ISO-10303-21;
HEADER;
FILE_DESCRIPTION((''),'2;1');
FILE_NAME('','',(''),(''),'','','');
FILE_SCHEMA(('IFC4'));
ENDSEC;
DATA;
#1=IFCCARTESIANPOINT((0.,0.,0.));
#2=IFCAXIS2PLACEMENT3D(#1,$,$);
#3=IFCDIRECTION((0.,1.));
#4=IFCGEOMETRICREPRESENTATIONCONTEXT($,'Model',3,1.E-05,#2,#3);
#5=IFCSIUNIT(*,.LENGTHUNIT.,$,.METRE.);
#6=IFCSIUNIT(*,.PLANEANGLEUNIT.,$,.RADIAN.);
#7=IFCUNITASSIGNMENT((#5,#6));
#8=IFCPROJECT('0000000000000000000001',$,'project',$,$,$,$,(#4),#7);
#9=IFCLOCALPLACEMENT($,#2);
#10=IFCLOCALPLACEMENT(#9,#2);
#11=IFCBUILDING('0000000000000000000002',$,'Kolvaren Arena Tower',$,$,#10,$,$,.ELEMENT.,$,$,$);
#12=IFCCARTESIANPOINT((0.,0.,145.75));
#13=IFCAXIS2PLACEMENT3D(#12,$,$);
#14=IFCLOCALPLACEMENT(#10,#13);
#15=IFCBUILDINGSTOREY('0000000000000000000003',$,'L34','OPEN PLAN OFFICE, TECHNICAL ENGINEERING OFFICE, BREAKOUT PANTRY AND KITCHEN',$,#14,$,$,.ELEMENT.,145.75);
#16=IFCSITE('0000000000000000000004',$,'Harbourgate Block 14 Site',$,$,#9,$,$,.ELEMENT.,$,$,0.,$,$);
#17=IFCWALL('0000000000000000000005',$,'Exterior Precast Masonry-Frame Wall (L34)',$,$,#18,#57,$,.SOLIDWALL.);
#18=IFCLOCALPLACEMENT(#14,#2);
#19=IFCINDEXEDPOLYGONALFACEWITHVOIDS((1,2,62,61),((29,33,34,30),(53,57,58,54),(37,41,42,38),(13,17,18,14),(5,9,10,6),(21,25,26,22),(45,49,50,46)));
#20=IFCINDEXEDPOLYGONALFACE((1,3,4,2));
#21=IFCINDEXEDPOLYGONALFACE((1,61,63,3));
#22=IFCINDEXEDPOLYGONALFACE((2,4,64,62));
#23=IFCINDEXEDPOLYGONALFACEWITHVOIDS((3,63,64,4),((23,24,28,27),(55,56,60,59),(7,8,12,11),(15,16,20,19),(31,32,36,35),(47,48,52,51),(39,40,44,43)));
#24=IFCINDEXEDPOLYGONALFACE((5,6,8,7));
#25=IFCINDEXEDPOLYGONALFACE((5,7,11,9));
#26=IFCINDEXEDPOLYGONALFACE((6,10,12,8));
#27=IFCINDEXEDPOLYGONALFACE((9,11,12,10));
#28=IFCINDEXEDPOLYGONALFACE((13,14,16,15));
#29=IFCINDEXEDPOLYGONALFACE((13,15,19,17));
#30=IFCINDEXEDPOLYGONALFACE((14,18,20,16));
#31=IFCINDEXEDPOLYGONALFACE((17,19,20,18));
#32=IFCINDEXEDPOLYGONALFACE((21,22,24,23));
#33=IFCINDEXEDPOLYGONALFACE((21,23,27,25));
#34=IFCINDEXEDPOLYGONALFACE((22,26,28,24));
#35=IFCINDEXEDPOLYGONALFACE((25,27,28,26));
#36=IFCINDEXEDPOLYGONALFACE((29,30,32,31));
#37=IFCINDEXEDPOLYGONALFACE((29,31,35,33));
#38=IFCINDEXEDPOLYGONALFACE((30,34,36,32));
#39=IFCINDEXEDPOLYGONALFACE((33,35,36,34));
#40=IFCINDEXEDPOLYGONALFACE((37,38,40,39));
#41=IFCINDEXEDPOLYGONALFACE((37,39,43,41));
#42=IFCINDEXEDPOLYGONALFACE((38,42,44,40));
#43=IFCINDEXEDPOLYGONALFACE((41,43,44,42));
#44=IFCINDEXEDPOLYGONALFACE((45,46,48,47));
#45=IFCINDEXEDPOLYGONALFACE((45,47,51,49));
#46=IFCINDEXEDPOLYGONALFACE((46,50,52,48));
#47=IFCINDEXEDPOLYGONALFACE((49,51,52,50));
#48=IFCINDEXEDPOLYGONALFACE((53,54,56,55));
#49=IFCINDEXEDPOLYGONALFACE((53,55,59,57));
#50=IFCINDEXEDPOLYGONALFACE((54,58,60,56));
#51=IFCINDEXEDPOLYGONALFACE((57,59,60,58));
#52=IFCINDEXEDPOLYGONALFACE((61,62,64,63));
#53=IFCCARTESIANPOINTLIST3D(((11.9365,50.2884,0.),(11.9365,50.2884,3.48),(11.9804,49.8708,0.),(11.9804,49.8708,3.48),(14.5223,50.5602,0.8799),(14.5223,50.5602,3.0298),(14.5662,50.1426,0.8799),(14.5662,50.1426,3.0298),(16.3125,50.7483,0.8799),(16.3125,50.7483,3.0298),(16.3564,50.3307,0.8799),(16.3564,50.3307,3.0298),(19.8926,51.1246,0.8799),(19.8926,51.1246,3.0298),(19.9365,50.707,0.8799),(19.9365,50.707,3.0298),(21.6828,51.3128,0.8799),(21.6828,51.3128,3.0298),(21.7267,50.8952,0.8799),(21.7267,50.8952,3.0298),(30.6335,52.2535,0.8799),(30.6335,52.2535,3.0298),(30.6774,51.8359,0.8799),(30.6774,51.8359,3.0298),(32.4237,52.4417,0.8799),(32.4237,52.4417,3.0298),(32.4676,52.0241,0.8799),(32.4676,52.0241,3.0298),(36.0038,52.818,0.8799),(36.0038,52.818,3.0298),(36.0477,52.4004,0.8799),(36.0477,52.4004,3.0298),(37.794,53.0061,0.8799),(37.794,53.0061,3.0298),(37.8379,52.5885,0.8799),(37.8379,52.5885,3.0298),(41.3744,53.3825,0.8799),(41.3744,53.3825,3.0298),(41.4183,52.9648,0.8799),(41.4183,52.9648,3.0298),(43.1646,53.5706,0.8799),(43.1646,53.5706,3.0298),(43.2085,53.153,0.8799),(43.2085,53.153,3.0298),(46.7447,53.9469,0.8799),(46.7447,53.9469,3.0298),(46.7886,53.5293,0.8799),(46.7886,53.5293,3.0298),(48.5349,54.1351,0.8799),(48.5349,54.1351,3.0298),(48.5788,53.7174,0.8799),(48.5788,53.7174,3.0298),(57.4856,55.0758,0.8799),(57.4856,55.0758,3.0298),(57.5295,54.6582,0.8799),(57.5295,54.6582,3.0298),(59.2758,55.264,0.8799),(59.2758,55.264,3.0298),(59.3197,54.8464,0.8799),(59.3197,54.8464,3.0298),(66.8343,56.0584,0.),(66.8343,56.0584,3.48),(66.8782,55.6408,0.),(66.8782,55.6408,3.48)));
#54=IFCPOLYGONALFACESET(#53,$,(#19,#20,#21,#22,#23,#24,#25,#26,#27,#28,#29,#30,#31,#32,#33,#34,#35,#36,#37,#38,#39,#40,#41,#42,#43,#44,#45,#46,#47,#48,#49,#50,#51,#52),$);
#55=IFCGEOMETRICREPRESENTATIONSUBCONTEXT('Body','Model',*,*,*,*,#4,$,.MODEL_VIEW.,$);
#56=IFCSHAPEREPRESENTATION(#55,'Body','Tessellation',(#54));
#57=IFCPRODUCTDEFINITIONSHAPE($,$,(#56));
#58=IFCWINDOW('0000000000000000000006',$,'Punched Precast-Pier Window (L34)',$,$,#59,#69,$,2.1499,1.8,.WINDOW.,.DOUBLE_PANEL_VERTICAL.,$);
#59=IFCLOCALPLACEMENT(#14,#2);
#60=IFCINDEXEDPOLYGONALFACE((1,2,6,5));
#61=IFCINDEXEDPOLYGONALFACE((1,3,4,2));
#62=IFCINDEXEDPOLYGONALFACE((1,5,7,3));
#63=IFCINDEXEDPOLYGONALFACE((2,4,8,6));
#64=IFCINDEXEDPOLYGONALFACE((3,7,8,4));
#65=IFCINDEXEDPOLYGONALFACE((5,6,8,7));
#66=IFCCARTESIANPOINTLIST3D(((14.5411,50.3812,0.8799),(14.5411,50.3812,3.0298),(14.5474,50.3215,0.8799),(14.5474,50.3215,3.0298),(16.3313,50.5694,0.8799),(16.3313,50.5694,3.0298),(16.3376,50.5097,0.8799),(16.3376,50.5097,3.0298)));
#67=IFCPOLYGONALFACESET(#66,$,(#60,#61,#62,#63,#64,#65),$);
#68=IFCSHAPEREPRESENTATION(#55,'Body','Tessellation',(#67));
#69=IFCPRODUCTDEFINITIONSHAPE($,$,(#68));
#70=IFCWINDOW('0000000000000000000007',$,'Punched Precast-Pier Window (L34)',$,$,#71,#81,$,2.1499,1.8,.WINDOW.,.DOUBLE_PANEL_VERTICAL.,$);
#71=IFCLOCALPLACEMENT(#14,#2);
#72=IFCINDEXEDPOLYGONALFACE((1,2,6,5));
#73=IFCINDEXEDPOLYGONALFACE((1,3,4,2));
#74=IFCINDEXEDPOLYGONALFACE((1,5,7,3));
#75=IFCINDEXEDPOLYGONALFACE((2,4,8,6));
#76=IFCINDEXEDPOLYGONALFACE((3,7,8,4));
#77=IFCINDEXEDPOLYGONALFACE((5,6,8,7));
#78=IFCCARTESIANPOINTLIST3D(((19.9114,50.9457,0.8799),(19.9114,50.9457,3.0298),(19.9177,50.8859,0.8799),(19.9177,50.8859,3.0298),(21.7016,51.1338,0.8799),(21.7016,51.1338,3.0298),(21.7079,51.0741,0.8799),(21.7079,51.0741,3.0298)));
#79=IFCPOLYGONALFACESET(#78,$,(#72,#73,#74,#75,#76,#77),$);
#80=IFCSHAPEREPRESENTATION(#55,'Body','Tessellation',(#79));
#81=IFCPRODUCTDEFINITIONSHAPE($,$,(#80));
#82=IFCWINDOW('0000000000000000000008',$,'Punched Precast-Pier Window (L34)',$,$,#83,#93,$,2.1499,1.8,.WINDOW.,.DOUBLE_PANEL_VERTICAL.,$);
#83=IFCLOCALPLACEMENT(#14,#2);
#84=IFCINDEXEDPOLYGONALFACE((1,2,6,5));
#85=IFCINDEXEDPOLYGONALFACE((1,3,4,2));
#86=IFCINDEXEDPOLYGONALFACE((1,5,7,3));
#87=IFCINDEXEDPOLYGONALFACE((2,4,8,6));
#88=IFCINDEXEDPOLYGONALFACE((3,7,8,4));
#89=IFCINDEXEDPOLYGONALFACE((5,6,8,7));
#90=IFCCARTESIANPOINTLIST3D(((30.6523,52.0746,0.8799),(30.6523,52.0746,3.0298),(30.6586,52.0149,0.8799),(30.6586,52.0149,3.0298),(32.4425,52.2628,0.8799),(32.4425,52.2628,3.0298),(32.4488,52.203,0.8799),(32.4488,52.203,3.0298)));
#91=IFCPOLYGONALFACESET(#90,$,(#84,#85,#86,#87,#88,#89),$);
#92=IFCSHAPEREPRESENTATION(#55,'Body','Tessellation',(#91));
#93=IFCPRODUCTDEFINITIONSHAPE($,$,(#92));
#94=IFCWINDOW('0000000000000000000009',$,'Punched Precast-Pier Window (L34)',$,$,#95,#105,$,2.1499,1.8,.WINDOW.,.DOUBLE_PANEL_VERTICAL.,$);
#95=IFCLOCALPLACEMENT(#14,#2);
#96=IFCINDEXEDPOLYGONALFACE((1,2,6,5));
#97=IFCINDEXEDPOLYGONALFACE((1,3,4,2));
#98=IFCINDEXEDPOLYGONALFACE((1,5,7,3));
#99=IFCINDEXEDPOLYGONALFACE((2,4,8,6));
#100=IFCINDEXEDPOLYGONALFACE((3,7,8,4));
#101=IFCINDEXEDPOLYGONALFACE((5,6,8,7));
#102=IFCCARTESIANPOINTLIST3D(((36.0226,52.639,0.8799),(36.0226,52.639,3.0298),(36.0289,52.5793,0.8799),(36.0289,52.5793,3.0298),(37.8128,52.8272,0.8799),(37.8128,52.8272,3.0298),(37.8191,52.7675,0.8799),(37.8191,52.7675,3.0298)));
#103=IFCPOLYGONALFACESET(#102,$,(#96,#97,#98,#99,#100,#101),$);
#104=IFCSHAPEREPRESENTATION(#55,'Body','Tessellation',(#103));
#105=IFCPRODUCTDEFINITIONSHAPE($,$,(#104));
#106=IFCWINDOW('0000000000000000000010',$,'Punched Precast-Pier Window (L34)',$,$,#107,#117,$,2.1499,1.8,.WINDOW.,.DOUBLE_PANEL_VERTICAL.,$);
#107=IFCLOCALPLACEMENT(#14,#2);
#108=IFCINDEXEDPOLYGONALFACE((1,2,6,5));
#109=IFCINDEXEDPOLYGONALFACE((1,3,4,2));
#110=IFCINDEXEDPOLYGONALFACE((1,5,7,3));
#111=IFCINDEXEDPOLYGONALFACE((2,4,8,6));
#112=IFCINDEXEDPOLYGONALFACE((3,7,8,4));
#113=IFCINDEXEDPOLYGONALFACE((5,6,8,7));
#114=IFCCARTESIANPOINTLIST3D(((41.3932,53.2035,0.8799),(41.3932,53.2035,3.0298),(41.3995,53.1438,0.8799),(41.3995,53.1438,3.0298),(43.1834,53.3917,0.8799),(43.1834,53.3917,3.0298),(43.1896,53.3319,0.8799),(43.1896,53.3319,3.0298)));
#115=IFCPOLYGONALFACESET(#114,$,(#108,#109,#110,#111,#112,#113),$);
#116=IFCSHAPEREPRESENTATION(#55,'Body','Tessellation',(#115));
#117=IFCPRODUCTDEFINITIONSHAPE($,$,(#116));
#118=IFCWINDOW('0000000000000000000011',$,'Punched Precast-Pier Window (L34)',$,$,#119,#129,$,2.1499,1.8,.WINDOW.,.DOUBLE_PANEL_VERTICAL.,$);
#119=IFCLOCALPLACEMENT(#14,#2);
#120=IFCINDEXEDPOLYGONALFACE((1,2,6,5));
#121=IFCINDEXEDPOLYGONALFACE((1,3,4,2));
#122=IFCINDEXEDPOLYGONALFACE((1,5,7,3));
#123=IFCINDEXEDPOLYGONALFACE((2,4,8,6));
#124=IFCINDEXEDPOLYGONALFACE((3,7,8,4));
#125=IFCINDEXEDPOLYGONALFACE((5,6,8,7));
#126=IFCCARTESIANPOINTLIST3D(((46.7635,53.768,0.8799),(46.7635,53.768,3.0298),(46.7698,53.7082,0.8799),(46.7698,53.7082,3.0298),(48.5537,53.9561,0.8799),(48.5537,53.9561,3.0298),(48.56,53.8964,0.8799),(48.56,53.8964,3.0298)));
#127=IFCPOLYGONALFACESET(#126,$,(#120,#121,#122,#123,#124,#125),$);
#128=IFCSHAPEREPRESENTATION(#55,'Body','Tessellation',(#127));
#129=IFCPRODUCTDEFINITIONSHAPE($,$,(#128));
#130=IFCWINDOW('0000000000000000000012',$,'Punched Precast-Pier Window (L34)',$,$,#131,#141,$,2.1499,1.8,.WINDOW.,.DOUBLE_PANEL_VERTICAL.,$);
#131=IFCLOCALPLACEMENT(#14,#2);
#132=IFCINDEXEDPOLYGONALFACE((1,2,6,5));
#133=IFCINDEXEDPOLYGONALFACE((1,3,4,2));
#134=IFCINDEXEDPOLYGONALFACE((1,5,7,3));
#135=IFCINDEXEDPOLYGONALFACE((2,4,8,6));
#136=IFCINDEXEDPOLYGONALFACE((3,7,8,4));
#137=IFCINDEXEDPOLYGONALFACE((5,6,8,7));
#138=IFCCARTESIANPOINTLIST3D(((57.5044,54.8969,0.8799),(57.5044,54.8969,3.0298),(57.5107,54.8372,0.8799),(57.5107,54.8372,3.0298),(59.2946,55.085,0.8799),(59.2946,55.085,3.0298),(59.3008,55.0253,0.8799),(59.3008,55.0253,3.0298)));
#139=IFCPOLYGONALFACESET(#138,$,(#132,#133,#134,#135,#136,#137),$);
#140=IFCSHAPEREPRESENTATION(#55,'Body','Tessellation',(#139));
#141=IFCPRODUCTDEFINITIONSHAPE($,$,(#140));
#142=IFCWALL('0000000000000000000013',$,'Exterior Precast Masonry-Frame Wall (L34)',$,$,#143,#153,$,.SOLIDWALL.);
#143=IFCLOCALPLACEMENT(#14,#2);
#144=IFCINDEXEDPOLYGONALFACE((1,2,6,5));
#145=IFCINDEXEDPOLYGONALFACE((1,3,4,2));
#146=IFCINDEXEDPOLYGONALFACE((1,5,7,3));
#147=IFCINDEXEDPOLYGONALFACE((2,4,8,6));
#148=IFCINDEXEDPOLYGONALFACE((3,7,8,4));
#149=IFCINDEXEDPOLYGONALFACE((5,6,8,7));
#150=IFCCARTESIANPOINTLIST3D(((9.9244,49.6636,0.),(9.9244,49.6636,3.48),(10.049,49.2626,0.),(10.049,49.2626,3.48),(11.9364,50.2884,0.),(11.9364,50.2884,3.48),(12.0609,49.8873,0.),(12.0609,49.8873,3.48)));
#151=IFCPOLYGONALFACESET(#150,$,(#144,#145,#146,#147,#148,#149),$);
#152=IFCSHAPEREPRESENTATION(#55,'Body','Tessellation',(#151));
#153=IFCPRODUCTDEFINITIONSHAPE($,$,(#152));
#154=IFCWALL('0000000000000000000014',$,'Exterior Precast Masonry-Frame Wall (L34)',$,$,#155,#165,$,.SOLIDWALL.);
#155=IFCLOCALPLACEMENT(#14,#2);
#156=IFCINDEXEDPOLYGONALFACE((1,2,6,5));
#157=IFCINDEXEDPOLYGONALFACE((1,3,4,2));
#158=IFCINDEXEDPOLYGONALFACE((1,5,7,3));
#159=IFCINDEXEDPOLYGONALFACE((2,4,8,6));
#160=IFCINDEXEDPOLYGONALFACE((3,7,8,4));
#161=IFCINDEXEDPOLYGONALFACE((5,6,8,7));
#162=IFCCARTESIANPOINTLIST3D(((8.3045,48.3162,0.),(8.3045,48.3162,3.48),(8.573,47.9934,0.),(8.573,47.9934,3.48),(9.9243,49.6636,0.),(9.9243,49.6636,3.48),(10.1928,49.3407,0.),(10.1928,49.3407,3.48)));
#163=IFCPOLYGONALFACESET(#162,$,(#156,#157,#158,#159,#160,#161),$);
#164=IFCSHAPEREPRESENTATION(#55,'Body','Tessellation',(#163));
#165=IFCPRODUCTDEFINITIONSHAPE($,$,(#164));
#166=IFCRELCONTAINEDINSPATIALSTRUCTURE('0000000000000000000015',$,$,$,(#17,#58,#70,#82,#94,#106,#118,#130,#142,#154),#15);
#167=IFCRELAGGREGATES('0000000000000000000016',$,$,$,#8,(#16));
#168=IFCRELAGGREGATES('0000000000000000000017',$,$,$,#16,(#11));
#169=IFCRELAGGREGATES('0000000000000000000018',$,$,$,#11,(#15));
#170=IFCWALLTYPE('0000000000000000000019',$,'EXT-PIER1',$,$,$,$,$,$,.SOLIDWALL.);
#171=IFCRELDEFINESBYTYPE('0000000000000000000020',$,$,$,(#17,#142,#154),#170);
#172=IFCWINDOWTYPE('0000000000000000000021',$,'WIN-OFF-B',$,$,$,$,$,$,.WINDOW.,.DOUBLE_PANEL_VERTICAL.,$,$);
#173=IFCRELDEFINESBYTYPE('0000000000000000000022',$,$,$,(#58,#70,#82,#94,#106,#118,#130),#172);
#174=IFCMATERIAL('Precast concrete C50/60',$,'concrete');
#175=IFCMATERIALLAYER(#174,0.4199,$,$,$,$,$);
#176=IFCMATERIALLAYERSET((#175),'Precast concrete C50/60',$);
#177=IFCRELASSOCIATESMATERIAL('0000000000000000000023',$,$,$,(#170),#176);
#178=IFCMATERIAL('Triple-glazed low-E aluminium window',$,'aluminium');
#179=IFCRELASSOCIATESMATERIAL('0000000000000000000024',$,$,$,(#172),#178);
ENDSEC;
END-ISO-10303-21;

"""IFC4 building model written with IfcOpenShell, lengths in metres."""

from ifc_helpers import new_model, si_unit, direction, frame, frame_2d, origin, place, context, subcontext, project, spatial, rectangle, extrude, material, layer, layer_set, type_object, element, fill, save


model = new_model("IFC4")

# Units and contexts
model_context = context("Model", 3, precision=1e-05, world=origin(), true_north=direction((0.0, 1.0)))
body_context = subcontext(model_context, "Body", "Model", "MODEL_VIEW")
ifc_project = project(units=[si_unit("LENGTHUNIT", "METRE"), si_unit("PLANEANGLEUNIT", "RADIAN")], contexts=[model_context])

# Site, building, storey
site_placement = place(None, origin())
site = spatial("IfcSite", under=ifc_project, at=site_placement, Name="Harbourgate Block 14 Site", CompositionType="ELEMENT", RefElevation=0.0)
building_placement = place(site_placement, origin())
building = spatial("IfcBuilding", under=site, at=building_placement, Name="Kolvaren Arena Tower", CompositionType="ELEMENT")
storey_placement = place(building_placement, frame((0.0, 0.0, 145.75)))
storey = spatial("IfcBuildingStorey", under=building, at=storey_placement, Name="L34", Description="OPEN PLAN OFFICE, TECHNICAL ENGINEERING OFFICE, BREAKOUT PANTRY AND KITCHEN", CompositionType="ELEMENT", Elevation=145.75)

# Wall, openings, windows
ifc_material_1 = material(Name="Precast concrete C50/60", Category="concrete")
ifc_layer_1 = layer(ifc_material_1, 0.4199)
ifc_layer_set_1 = layer_set([ifc_layer_1], Name="Precast concrete C50/60")
wall_type_1 = type_object("IfcWallType", Name="EXT-PIER1", PredefinedType="SOLIDWALL", material=ifc_layer_set_1)
wall_1_placement = place(storey_placement, frame((11.9585, 50.0796, 0.0), z_axis=(0.0, 0.0, 1.0), x_axis=(0.994522, 0.104529, 0.0)))
wall_1 = element("IfcWall", 1, at=wall_1_placement, inside=storey, type_object=wall_type_1, Name="Exterior Precast Masonry-Frame Wall (L34)", PredefinedType="SOLIDWALL", context=body_context, shape_type="SweptSolid", body=[
    extrude(rectangle(XDim=55.2002, YDim=0.4199, at=frame_2d((27.6001, 0.0))), origin(), (0.0, 0.0, 1.0), 3.48),
])
opening_1_placement = place(wall_1_placement, frame((2.6001, 0.0, 0.8799)))
opening_1 = element("IfcOpeningElement", 2, at=opening_1_placement, cuts=wall_1, PredefinedType="OPENING", context=body_context, shape_type="SweptSolid", body=[
    extrude(rectangle(XDim=1.8, YDim=2.1499, at=frame_2d((0.8999, 1.075))), frame((0.0, 0.22, 0.0), z_axis=(0.0, -1.0, 0.0), x_axis=(1.0, 0.0, 0.0)), (0.0, 0.0, 1.0), 0.4399),
])
opening_2_placement = place(wall_1_placement, frame((8.0, 0.0, 0.8799)))
opening_2 = element("IfcOpeningElement", 3, at=opening_2_placement, cuts=wall_1, PredefinedType="OPENING", context=body_context, shape_type="SweptSolid", body=[
    extrude(rectangle(XDim=1.8, YDim=2.1499, at=frame_2d((0.8999, 1.075))), frame((0.0, 0.22, 0.0), z_axis=(0.0, -1.0, 0.0), x_axis=(1.0, 0.0, 0.0)), (0.0, 0.0, 1.0), 0.4399),
])
opening_3_placement = place(wall_1_placement, frame((18.8, 0.0, 0.8799)))
opening_3 = element("IfcOpeningElement", 4, at=opening_3_placement, cuts=wall_1, PredefinedType="OPENING", context=body_context, shape_type="SweptSolid", body=[
    extrude(rectangle(XDim=1.8, YDim=2.1499, at=frame_2d((0.8999, 1.075))), frame((0.0, 0.22, 0.0), z_axis=(0.0, -1.0, 0.0), x_axis=(1.0, 0.0, 0.0)), (0.0, 0.0, 1.0), 0.4399),
])
opening_4_placement = place(wall_1_placement, frame((24.2, 0.0, 0.8799)))
opening_4 = element("IfcOpeningElement", 5, at=opening_4_placement, cuts=wall_1, PredefinedType="OPENING", context=body_context, shape_type="SweptSolid", body=[
    extrude(rectangle(XDim=1.8, YDim=2.1499, at=frame_2d((0.8999, 1.075))), frame((0.0, 0.22, 0.0), z_axis=(0.0, -1.0, 0.0), x_axis=(1.0, 0.0, 0.0)), (0.0, 0.0, 1.0), 0.4399),
])
opening_5_placement = place(wall_1_placement, frame((29.6001, 0.0, 0.8799)))
opening_5 = element("IfcOpeningElement", 6, at=opening_5_placement, cuts=wall_1, PredefinedType="OPENING", context=body_context, shape_type="SweptSolid", body=[
    extrude(rectangle(XDim=1.8, YDim=2.1499, at=frame_2d((0.8999, 1.075))), frame((0.0, 0.22, 0.0), z_axis=(0.0, -1.0, 0.0), x_axis=(1.0, 0.0, 0.0)), (0.0, 0.0, 1.0), 0.4399),
])
opening_6_placement = place(wall_1_placement, frame((35.0, 0.0, 0.8799)))
opening_6 = element("IfcOpeningElement", 7, at=opening_6_placement, cuts=wall_1, PredefinedType="OPENING", context=body_context, shape_type="SweptSolid", body=[
    extrude(rectangle(XDim=1.8, YDim=2.1499, at=frame_2d((0.8999, 1.075))), frame((0.0, 0.22, 0.0), z_axis=(0.0, -1.0, 0.0), x_axis=(1.0, 0.0, 0.0)), (0.0, 0.0, 1.0), 0.4399),
])
opening_7_placement = place(wall_1_placement, frame((45.8, 0.0, 0.8799)))
opening_7 = element("IfcOpeningElement", 8, at=opening_7_placement, cuts=wall_1, PredefinedType="OPENING", context=body_context, shape_type="SweptSolid", body=[
    extrude(rectangle(XDim=1.8, YDim=2.1499, at=frame_2d((0.8999, 1.075))), frame((0.0, 0.22, 0.0), z_axis=(0.0, -1.0, 0.0), x_axis=(1.0, 0.0, 0.0)), (0.0, 0.0, 1.0), 0.4399),
])
ifc_material_2 = material(Name="Triple-glazed low-E aluminium window", Category="aluminium")
window_type = type_object("IfcWindowType", Name="WIN-OFF-B", PartitioningType="DOUBLE_PANEL_VERTICAL", PredefinedType="WINDOW", material=ifc_material_2)
window_1_placement = place(opening_1_placement, origin())
window_1 = element("IfcWindow", 9, at=window_1_placement, inside=storey, type_object=window_type, Name="Punched Precast-Pier Window (L34)", OverallHeight=2.1499, OverallWidth=1.8, PartitioningType="DOUBLE_PANEL_VERTICAL", PredefinedType="WINDOW", context=body_context, shape_type="SweptSolid", body=[
    extrude(rectangle(XDim=1.8, YDim=2.1499, at=frame_2d((0.8999, 1.075))), frame((0.0, 0.03, 0.0), z_axis=(0.0, -1.0, 0.0), x_axis=(1.0, 0.0, 0.0)), (0.0, 0.0, 1.0), 0.0601),
])
fill(opening_1, window_1)
window_2_placement = place(opening_2_placement, origin())
window_2 = element("IfcWindow", 10, at=window_2_placement, inside=storey, type_object=window_type, Name="Punched Precast-Pier Window (L34)", OverallHeight=2.1499, OverallWidth=1.8, PartitioningType="DOUBLE_PANEL_VERTICAL", PredefinedType="WINDOW", context=body_context, shape_type="SweptSolid", body=[
    extrude(rectangle(XDim=1.8, YDim=2.1499, at=frame_2d((0.8999, 1.075))), frame((0.0, 0.03, 0.0), z_axis=(0.0, -1.0, 0.0), x_axis=(1.0, 0.0, 0.0)), (0.0, 0.0, 1.0), 0.0601),
])
fill(opening_2, window_2)
window_3_placement = place(opening_3_placement, origin())
window_3 = element("IfcWindow", 11, at=window_3_placement, inside=storey, type_object=window_type, Name="Punched Precast-Pier Window (L34)", OverallHeight=2.1499, OverallWidth=1.8, PartitioningType="DOUBLE_PANEL_VERTICAL", PredefinedType="WINDOW", context=body_context, shape_type="SweptSolid", body=[
    extrude(rectangle(XDim=1.8, YDim=2.1499, at=frame_2d((0.8999, 1.075))), frame((0.0, 0.03, 0.0), z_axis=(0.0, -1.0, 0.0), x_axis=(1.0, 0.0, 0.0)), (0.0, 0.0, 1.0), 0.0601),
])
fill(opening_3, window_3)
window_4_placement = place(opening_4_placement, origin())
window_4 = element("IfcWindow", 12, at=window_4_placement, inside=storey, type_object=window_type, Name="Punched Precast-Pier Window (L34)", OverallHeight=2.1499, OverallWidth=1.8, PartitioningType="DOUBLE_PANEL_VERTICAL", PredefinedType="WINDOW", context=body_context, shape_type="SweptSolid", body=[
    extrude(rectangle(XDim=1.8, YDim=2.1499, at=frame_2d((0.8999, 1.075))), frame((0.0, 0.03, 0.0), z_axis=(0.0, -1.0, 0.0), x_axis=(1.0, 0.0, 0.0)), (0.0, 0.0, 1.0), 0.0601),
])
fill(opening_4, window_4)
window_5_placement = place(opening_5_placement, origin())
window_5 = element("IfcWindow", 13, at=window_5_placement, inside=storey, type_object=window_type, Name="Punched Precast-Pier Window (L34)", OverallHeight=2.1499, OverallWidth=1.8, PartitioningType="DOUBLE_PANEL_VERTICAL", PredefinedType="WINDOW", context=body_context, shape_type="SweptSolid", body=[
    extrude(rectangle(XDim=1.8, YDim=2.1499, at=frame_2d((0.8999, 1.075))), frame((0.0, 0.03, 0.0), z_axis=(0.0, -1.0, 0.0), x_axis=(1.0, 0.0, 0.0)), (0.0, 0.0, 1.0), 0.0601),
])
fill(opening_5, window_5)
window_6_placement = place(opening_6_placement, origin())
window_6 = element("IfcWindow", 14, at=window_6_placement, inside=storey, type_object=window_type, Name="Punched Precast-Pier Window (L34)", OverallHeight=2.1499, OverallWidth=1.8, PartitioningType="DOUBLE_PANEL_VERTICAL", PredefinedType="WINDOW", context=body_context, shape_type="SweptSolid", body=[
    extrude(rectangle(XDim=1.8, YDim=2.1499, at=frame_2d((0.8999, 1.075))), frame((0.0, 0.03, 0.0), z_axis=(0.0, -1.0, 0.0), x_axis=(1.0, 0.0, 0.0)), (0.0, 0.0, 1.0), 0.0601),
])
fill(opening_6, window_6)
window_7_placement = place(opening_7_placement, origin())
window_7 = element("IfcWindow", 15, at=window_7_placement, inside=storey, type_object=window_type, Name="Punched Precast-Pier Window (L34)", OverallHeight=2.1499, OverallWidth=1.8, PartitioningType="DOUBLE_PANEL_VERTICAL", PredefinedType="WINDOW", context=body_context, shape_type="SweptSolid", body=[
    extrude(rectangle(XDim=1.8, YDim=2.1499, at=frame_2d((0.8999, 1.075))), frame((0.0, 0.03, 0.0), z_axis=(0.0, -1.0, 0.0), x_axis=(1.0, 0.0, 0.0)), (0.0, 0.0, 1.0), 0.0601),
])
fill(opening_7, window_7)

# Walls
wall_2_placement = place(storey_placement, frame((9.9868, 49.4631, 0.0), z_axis=(0.0, 0.0, 1.0), x_axis=(0.955017, 0.296552, 0.0)))
element("IfcWall", 16, at=wall_2_placement, inside=storey, type_object=wall_type_1, Name="Exterior Precast Masonry-Frame Wall (L34)", PredefinedType="SOLIDWALL", context=body_context, shape_type="SweptSolid", body=[
    extrude(rectangle(XDim=2.1067, YDim=0.4199, at=frame_2d((1.0532, 0.0))), origin(), (0.0, 0.0, 1.0), 3.48),
])
wall_3_placement = place(storey_placement, frame((8.4387, 48.1548, 0.0), z_axis=(0.0, 0.0, 1.0), x_axis=(0.7688, 0.639489, 0.0)))
element("IfcWall", 17, at=wall_3_placement, inside=storey, type_object=wall_type_1, Name="Exterior Precast Masonry-Frame Wall (L34)", PredefinedType="SOLIDWALL", context=body_context, shape_type="SweptSolid", body=[
    extrude(rectangle(XDim=2.1069, YDim=0.4199, at=frame_2d((1.0535, 0.0))), origin(), (0.0, 0.0, 1.0), 3.48),
])

save(model, "model.ifc")
